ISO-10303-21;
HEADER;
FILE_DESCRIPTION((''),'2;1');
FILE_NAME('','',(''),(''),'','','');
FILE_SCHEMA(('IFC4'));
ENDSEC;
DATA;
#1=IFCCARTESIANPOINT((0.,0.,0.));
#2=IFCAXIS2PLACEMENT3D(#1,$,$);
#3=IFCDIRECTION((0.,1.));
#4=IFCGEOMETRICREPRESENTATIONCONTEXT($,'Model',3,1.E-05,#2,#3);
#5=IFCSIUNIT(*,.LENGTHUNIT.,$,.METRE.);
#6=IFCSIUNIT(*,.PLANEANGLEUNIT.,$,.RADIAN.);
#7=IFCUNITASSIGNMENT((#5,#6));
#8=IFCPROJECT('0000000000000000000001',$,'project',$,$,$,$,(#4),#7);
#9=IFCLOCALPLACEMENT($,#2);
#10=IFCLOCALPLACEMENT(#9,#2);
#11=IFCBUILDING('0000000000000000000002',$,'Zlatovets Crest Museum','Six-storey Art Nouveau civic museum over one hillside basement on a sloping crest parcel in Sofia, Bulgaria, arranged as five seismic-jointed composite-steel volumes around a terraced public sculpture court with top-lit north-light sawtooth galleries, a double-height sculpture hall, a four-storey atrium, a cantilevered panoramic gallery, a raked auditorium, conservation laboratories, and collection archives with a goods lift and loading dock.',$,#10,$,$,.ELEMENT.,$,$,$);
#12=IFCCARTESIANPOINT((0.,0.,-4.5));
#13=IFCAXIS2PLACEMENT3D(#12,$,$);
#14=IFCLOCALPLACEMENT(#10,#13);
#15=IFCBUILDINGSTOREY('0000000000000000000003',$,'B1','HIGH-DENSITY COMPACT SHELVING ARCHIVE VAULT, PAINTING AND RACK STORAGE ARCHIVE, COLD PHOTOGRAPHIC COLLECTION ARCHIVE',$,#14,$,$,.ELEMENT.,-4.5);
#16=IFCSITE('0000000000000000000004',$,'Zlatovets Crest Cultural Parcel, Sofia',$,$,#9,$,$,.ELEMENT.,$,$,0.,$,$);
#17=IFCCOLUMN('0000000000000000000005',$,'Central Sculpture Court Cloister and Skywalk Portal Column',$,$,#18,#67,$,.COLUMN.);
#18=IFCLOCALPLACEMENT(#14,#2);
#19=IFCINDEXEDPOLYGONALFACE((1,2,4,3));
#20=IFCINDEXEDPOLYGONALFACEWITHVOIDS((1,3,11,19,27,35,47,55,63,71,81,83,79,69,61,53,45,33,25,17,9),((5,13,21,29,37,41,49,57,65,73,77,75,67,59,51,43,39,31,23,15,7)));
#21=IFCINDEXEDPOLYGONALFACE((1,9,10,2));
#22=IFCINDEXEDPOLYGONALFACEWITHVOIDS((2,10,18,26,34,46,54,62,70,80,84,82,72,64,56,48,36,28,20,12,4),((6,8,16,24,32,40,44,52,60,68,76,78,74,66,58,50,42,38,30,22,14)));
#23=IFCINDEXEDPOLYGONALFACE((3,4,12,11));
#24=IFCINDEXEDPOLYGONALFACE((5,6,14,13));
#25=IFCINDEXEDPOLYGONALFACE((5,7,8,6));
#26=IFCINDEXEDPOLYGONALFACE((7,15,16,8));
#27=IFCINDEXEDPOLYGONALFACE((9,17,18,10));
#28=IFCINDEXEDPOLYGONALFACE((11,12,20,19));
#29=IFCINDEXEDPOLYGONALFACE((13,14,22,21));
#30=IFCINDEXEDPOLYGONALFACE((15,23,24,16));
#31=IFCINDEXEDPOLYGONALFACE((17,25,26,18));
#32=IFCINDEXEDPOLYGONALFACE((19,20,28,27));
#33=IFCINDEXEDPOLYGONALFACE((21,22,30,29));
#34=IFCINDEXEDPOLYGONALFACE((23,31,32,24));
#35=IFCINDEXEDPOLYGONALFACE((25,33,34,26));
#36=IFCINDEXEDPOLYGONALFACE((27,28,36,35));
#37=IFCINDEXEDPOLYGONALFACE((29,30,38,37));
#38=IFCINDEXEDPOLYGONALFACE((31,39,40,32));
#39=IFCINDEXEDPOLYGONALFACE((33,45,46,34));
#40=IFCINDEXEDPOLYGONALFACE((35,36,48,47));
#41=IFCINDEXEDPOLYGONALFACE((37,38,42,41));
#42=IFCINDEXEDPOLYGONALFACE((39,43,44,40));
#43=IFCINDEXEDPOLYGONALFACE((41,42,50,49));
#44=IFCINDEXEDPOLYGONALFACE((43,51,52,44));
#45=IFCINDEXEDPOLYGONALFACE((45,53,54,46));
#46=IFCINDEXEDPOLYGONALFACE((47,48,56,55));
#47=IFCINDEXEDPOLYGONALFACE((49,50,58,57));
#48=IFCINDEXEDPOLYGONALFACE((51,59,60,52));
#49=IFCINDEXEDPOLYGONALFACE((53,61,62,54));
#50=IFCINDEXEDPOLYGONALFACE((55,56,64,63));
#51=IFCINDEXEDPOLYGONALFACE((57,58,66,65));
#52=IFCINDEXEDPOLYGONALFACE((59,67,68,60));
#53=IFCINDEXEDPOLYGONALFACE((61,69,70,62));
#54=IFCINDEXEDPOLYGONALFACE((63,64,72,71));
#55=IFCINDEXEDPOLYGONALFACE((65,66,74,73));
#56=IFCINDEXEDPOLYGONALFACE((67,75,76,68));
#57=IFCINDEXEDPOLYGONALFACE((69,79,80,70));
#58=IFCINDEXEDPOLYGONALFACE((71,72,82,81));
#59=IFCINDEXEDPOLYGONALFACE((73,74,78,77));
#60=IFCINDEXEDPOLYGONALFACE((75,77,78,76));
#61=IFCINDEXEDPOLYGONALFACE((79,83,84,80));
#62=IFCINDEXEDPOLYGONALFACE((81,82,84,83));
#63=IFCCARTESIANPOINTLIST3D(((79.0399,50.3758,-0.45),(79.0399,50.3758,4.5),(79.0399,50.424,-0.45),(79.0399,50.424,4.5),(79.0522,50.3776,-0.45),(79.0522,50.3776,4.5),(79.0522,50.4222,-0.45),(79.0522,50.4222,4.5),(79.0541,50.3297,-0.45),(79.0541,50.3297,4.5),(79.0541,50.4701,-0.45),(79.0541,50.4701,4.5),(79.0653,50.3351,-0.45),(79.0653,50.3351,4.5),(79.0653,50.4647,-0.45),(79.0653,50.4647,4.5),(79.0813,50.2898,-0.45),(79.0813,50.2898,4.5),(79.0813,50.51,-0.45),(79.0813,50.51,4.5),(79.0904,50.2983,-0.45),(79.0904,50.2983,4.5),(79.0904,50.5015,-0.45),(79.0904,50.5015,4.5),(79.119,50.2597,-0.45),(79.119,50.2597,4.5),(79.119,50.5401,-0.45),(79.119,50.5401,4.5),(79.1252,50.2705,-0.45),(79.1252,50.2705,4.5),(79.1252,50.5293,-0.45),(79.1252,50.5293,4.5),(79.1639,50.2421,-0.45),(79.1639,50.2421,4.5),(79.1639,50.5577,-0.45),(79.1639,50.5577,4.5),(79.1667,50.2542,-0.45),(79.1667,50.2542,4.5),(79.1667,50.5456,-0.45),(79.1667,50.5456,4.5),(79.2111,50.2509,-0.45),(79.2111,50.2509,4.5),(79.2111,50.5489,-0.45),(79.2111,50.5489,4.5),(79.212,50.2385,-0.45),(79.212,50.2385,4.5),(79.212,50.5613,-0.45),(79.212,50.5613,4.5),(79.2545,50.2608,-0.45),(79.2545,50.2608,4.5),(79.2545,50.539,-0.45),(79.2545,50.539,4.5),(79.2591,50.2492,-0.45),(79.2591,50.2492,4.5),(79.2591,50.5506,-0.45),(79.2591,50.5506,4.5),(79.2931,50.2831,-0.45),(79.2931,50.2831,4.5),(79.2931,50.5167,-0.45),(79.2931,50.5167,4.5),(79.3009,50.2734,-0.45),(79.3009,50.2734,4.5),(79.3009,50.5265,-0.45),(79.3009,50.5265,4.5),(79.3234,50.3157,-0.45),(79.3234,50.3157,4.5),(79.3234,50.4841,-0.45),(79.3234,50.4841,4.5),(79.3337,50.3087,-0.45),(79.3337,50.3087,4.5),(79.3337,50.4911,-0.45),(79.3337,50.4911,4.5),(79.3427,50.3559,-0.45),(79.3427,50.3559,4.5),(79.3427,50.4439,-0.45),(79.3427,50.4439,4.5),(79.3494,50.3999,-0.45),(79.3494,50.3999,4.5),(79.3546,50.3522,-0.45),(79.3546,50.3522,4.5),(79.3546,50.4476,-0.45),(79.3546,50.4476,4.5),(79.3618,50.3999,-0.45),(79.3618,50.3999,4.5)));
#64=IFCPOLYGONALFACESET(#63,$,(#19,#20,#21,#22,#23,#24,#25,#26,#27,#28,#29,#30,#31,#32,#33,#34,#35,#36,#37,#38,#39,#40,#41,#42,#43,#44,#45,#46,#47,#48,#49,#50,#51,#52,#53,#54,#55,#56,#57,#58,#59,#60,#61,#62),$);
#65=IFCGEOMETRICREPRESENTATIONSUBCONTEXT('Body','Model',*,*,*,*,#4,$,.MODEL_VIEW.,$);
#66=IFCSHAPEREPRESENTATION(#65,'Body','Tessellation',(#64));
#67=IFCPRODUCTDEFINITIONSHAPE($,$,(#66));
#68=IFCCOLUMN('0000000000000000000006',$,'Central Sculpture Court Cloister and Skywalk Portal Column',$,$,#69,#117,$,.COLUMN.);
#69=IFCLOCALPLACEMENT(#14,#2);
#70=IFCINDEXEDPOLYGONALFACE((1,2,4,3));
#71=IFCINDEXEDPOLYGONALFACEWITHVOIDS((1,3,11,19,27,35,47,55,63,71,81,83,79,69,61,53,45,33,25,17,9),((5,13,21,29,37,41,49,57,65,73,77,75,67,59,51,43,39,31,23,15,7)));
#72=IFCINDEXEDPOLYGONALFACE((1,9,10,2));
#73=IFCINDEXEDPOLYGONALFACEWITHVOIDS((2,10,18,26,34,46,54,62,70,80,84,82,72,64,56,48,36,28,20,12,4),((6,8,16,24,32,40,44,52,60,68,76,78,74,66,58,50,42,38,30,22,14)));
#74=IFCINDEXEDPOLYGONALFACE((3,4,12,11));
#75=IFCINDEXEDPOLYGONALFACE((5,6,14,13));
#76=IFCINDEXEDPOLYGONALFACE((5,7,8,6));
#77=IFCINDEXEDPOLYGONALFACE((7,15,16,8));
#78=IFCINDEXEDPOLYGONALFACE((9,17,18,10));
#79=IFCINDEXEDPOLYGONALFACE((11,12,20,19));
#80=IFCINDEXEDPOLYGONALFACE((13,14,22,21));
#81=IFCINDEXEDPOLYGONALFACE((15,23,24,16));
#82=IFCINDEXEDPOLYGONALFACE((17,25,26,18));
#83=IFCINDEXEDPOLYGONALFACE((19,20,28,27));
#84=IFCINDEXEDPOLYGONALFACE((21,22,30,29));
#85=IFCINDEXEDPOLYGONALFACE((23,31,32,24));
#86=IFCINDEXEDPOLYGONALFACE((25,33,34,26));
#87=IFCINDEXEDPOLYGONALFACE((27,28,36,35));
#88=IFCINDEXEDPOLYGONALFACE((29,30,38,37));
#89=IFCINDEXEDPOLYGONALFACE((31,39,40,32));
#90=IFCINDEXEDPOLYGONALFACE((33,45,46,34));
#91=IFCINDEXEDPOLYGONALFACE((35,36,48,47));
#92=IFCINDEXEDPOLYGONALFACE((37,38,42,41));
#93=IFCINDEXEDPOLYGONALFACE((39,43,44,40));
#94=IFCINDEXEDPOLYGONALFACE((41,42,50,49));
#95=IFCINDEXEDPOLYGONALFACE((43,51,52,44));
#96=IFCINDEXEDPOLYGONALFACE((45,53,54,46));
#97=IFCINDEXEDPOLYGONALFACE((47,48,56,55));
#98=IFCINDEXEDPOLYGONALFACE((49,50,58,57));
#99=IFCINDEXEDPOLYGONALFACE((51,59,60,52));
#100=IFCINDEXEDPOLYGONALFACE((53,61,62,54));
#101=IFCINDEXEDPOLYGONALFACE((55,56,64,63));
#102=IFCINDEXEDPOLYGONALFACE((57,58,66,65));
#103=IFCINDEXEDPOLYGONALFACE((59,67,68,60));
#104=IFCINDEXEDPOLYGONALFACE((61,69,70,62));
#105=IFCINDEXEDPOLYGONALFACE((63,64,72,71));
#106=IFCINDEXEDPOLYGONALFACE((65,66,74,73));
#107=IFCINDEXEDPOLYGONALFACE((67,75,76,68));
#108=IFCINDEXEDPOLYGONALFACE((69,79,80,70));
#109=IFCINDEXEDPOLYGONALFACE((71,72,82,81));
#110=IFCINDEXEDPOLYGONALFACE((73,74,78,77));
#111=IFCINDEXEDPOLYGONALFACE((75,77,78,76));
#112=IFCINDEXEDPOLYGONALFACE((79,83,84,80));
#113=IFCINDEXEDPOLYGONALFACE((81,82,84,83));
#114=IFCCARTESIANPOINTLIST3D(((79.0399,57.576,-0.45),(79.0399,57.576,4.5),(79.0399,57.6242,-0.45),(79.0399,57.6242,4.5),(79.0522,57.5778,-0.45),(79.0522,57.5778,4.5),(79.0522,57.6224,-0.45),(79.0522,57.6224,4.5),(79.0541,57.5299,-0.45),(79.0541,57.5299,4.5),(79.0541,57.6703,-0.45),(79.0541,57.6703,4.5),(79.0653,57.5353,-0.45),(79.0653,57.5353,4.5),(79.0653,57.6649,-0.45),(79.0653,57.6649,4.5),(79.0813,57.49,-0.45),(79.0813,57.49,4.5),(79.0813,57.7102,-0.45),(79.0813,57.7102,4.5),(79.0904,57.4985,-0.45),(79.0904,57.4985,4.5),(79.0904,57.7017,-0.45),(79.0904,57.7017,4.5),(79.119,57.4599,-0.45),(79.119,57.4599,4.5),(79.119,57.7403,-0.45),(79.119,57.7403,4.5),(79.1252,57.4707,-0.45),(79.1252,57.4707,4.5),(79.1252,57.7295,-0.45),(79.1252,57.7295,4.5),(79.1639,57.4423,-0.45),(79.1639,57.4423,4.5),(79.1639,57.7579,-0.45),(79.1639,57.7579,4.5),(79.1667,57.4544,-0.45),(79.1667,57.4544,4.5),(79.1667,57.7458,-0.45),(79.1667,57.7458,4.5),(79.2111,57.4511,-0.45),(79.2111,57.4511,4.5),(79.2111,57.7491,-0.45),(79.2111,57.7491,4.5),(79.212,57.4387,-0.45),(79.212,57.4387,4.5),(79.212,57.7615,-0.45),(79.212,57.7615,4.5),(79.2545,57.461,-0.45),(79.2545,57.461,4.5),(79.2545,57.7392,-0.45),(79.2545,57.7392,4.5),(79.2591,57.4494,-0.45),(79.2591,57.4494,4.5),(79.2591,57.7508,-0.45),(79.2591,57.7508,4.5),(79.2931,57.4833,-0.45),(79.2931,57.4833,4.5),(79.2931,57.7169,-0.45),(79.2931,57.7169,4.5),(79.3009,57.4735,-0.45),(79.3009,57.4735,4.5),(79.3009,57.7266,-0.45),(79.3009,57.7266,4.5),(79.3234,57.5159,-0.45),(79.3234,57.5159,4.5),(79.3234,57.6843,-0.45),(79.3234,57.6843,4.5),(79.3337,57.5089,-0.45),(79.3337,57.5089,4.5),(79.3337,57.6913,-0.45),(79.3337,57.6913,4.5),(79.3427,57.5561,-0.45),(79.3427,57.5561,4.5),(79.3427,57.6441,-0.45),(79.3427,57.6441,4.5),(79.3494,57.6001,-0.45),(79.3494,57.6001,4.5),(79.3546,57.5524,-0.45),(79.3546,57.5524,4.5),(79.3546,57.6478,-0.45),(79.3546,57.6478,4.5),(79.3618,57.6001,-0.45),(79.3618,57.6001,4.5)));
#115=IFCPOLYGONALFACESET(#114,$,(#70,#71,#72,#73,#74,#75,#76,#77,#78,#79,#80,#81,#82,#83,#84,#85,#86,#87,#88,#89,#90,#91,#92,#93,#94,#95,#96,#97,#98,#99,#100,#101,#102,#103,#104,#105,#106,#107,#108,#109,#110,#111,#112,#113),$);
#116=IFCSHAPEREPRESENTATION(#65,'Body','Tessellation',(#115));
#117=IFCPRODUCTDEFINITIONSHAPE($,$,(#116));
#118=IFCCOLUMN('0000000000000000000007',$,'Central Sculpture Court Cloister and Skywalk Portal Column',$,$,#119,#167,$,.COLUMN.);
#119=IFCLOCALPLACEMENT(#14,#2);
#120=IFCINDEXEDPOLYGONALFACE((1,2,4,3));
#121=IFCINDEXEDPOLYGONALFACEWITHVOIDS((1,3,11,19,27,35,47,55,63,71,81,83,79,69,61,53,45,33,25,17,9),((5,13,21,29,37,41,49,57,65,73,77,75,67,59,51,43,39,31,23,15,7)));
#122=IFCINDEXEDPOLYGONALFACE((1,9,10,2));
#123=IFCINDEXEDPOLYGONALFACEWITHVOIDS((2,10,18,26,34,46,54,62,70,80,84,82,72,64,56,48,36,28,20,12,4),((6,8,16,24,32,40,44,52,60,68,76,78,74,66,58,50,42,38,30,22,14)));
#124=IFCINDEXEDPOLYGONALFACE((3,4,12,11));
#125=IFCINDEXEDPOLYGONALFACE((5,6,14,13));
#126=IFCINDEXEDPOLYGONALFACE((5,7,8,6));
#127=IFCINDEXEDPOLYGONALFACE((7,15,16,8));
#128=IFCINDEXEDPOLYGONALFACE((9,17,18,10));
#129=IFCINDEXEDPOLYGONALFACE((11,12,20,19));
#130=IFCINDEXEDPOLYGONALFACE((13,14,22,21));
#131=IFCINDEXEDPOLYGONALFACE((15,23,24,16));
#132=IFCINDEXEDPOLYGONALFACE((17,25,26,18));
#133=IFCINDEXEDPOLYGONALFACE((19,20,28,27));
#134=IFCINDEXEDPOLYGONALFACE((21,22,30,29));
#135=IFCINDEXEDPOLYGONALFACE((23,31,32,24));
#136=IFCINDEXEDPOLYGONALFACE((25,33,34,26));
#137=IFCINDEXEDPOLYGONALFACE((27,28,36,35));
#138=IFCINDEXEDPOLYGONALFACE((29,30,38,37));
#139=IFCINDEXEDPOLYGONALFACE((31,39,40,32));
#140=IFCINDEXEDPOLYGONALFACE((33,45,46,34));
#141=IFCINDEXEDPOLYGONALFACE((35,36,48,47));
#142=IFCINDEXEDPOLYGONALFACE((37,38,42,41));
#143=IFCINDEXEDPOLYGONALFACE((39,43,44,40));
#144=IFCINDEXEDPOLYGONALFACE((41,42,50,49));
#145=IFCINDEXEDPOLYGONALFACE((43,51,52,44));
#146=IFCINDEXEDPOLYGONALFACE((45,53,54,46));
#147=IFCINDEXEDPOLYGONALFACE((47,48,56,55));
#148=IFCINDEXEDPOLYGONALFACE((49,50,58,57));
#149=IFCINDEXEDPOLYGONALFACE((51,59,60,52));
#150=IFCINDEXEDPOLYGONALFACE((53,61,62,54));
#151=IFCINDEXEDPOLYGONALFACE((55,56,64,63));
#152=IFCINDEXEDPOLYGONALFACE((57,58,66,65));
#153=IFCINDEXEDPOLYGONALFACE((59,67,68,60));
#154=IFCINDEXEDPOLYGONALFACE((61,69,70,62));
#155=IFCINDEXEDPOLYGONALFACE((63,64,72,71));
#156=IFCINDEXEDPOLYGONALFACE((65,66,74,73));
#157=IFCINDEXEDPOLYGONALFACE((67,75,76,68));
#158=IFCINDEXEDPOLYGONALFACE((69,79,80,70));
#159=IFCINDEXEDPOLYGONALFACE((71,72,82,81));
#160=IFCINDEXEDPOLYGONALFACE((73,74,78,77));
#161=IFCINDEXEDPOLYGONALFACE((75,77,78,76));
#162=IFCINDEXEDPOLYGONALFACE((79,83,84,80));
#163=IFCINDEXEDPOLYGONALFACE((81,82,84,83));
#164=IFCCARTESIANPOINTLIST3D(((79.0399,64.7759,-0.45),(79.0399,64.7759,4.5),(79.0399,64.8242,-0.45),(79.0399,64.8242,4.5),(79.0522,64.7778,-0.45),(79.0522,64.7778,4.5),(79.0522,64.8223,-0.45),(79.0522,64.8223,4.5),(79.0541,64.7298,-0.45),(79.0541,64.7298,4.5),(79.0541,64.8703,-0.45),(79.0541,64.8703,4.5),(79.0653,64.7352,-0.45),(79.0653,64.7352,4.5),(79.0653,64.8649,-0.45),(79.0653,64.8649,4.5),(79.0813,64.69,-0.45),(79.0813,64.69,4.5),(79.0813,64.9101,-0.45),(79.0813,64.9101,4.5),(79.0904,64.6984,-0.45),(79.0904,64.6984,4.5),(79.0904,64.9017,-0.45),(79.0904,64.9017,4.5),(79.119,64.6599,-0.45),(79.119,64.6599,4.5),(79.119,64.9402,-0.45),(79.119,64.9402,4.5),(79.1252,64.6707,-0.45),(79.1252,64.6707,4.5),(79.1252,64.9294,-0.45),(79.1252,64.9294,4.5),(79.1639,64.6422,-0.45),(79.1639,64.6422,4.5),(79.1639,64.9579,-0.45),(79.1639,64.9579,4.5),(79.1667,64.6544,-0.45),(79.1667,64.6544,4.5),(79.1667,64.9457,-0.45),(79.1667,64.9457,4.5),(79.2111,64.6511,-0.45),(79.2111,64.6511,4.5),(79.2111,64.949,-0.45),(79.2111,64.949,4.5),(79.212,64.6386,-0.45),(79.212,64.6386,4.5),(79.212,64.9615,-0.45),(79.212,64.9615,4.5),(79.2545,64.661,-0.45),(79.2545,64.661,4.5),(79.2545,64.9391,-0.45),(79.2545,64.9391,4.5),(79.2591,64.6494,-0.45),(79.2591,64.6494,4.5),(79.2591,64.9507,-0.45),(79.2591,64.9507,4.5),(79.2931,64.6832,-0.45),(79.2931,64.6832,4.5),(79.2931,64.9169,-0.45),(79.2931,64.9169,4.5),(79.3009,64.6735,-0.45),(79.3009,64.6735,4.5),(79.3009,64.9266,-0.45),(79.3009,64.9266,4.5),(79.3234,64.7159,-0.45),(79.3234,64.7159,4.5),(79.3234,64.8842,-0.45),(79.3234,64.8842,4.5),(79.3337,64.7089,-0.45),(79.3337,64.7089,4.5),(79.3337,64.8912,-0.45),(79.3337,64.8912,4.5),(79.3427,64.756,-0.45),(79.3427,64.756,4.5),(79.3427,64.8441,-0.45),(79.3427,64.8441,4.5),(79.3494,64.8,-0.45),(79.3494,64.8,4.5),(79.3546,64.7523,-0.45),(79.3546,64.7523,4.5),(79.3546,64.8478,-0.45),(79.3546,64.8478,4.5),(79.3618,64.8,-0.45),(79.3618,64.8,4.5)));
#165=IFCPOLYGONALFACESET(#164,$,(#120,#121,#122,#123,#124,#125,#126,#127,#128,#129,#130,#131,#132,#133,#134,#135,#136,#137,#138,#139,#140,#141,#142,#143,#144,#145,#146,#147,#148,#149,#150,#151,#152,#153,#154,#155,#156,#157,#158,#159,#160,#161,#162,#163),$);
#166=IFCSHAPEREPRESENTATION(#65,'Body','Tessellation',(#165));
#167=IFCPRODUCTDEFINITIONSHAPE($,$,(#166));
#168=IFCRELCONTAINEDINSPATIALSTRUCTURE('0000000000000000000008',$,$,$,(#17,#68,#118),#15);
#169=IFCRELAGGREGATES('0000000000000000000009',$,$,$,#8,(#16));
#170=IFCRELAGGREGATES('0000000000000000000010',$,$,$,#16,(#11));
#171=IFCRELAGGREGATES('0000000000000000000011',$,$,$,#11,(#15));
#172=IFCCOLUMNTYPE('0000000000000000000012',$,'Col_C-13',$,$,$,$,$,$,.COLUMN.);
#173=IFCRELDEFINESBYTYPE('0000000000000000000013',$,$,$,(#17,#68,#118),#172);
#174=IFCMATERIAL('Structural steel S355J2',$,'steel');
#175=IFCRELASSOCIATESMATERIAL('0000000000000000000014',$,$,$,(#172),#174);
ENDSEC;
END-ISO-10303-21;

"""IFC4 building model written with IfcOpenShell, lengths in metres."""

from ifc_helpers import new_model, si_unit, direction, frame, origin, origin_2d, place, context, subcontext, project, spatial, hollow_circle, extrude, material, material_profile, profile_set, type_object, element, save


model = new_model("IFC4")

# Units and contexts
model_context = context("Model", 3, precision=1e-05, world=origin(), true_north=direction((0.0, 1.0)))
body_context = subcontext(model_context, "Body", "Model", "MODEL_VIEW")
ifc_project = project(units=[si_unit("LENGTHUNIT", "METRE"), si_unit("PLANEANGLEUNIT", "RADIAN")], contexts=[model_context])

# Site, building, storey
site_placement = place(None, origin())
site = spatial("IfcSite", under=ifc_project, at=site_placement, Name="Zlatovets Crest Cultural Parcel, Sofia", CompositionType="ELEMENT", RefElevation=0.0)
building_placement = place(site_placement, origin())
building = spatial("IfcBuilding", under=site, at=building_placement, Name="Zlatovets Crest Museum", Description="Six-storey Art Nouveau civic museum over one hillside basement on a sloping crest parcel in Sofia, Bulgaria, arranged as five seismic-jointed composite-steel volumes around a terraced public sculpture court with top-lit north-light sawtooth galleries, a double-height sculpture hall, a four-storey atrium, a cantilevered panoramic gallery, a raked auditorium, conservation laboratories, and collection archives with a goods lift and loading dock.", CompositionType="ELEMENT")
storey_placement = place(building_placement, frame((0.0, 0.0, -4.5)))
storey = spatial("IfcBuildingStorey", under=building, at=storey_placement, Name="B1", Description="HIGH-DENSITY COMPACT SHELVING ARCHIVE VAULT, PAINTING AND RACK STORAGE ARCHIVE, COLD PHOTOGRAPHIC COLLECTION ARCHIVE", CompositionType="ELEMENT", Elevation=-4.5)

# Columns
ifc_material_1 = material(Name="Structural steel S355J2", Category="steel")
ifc_material_profile_1 = material_profile(ifc_material_1, hollow_circle(Radius=0.1619, WallThickness=0.0125, at=origin_2d()), Name="CHS 323.9x12.5")
ifc_profile_set_1 = profile_set([ifc_material_profile_1], Name="Structural steel S355J2")
column_type = type_object("IfcColumnType", Name="Col_C-13", PredefinedType="COLUMN", material=ifc_profile_set_1)
for number, where, z_axis, x_axis, name in (
    (1, (79.2, 50.3999, -0.45), (0.0, 0.0, 1.0), (1.0, 0.0, 0.0), "Central Sculpture Court Cloister and Skywalk Portal Column"),
    (2, (79.2, 57.6001, -0.45), (0.0, 0.0, 1.0), (1.0, 0.0, 0.0), "Central Sculpture Court Cloister and Skywalk Portal Column"),
    (3, (79.2, 64.8, -0.45), (0.0, 0.0, 1.0), (1.0, 0.0, 0.0), "Central Sculpture Court Cloister and Skywalk Portal Column"),
):
    element("IfcColumn", number, at=place(storey_placement, frame(where, z_axis=z_axis, x_axis=x_axis)), inside=storey, type_object=column_type, Name=name, PredefinedType="COLUMN", context=body_context, shape_type="SweptSolid", body=[
        extrude(hollow_circle(Radius=0.1619, WallThickness=0.0125, at=origin_2d()), origin(), (0.0, 0.0, 1.0), 4.95),
    ])

save(model, "model.ifc")
